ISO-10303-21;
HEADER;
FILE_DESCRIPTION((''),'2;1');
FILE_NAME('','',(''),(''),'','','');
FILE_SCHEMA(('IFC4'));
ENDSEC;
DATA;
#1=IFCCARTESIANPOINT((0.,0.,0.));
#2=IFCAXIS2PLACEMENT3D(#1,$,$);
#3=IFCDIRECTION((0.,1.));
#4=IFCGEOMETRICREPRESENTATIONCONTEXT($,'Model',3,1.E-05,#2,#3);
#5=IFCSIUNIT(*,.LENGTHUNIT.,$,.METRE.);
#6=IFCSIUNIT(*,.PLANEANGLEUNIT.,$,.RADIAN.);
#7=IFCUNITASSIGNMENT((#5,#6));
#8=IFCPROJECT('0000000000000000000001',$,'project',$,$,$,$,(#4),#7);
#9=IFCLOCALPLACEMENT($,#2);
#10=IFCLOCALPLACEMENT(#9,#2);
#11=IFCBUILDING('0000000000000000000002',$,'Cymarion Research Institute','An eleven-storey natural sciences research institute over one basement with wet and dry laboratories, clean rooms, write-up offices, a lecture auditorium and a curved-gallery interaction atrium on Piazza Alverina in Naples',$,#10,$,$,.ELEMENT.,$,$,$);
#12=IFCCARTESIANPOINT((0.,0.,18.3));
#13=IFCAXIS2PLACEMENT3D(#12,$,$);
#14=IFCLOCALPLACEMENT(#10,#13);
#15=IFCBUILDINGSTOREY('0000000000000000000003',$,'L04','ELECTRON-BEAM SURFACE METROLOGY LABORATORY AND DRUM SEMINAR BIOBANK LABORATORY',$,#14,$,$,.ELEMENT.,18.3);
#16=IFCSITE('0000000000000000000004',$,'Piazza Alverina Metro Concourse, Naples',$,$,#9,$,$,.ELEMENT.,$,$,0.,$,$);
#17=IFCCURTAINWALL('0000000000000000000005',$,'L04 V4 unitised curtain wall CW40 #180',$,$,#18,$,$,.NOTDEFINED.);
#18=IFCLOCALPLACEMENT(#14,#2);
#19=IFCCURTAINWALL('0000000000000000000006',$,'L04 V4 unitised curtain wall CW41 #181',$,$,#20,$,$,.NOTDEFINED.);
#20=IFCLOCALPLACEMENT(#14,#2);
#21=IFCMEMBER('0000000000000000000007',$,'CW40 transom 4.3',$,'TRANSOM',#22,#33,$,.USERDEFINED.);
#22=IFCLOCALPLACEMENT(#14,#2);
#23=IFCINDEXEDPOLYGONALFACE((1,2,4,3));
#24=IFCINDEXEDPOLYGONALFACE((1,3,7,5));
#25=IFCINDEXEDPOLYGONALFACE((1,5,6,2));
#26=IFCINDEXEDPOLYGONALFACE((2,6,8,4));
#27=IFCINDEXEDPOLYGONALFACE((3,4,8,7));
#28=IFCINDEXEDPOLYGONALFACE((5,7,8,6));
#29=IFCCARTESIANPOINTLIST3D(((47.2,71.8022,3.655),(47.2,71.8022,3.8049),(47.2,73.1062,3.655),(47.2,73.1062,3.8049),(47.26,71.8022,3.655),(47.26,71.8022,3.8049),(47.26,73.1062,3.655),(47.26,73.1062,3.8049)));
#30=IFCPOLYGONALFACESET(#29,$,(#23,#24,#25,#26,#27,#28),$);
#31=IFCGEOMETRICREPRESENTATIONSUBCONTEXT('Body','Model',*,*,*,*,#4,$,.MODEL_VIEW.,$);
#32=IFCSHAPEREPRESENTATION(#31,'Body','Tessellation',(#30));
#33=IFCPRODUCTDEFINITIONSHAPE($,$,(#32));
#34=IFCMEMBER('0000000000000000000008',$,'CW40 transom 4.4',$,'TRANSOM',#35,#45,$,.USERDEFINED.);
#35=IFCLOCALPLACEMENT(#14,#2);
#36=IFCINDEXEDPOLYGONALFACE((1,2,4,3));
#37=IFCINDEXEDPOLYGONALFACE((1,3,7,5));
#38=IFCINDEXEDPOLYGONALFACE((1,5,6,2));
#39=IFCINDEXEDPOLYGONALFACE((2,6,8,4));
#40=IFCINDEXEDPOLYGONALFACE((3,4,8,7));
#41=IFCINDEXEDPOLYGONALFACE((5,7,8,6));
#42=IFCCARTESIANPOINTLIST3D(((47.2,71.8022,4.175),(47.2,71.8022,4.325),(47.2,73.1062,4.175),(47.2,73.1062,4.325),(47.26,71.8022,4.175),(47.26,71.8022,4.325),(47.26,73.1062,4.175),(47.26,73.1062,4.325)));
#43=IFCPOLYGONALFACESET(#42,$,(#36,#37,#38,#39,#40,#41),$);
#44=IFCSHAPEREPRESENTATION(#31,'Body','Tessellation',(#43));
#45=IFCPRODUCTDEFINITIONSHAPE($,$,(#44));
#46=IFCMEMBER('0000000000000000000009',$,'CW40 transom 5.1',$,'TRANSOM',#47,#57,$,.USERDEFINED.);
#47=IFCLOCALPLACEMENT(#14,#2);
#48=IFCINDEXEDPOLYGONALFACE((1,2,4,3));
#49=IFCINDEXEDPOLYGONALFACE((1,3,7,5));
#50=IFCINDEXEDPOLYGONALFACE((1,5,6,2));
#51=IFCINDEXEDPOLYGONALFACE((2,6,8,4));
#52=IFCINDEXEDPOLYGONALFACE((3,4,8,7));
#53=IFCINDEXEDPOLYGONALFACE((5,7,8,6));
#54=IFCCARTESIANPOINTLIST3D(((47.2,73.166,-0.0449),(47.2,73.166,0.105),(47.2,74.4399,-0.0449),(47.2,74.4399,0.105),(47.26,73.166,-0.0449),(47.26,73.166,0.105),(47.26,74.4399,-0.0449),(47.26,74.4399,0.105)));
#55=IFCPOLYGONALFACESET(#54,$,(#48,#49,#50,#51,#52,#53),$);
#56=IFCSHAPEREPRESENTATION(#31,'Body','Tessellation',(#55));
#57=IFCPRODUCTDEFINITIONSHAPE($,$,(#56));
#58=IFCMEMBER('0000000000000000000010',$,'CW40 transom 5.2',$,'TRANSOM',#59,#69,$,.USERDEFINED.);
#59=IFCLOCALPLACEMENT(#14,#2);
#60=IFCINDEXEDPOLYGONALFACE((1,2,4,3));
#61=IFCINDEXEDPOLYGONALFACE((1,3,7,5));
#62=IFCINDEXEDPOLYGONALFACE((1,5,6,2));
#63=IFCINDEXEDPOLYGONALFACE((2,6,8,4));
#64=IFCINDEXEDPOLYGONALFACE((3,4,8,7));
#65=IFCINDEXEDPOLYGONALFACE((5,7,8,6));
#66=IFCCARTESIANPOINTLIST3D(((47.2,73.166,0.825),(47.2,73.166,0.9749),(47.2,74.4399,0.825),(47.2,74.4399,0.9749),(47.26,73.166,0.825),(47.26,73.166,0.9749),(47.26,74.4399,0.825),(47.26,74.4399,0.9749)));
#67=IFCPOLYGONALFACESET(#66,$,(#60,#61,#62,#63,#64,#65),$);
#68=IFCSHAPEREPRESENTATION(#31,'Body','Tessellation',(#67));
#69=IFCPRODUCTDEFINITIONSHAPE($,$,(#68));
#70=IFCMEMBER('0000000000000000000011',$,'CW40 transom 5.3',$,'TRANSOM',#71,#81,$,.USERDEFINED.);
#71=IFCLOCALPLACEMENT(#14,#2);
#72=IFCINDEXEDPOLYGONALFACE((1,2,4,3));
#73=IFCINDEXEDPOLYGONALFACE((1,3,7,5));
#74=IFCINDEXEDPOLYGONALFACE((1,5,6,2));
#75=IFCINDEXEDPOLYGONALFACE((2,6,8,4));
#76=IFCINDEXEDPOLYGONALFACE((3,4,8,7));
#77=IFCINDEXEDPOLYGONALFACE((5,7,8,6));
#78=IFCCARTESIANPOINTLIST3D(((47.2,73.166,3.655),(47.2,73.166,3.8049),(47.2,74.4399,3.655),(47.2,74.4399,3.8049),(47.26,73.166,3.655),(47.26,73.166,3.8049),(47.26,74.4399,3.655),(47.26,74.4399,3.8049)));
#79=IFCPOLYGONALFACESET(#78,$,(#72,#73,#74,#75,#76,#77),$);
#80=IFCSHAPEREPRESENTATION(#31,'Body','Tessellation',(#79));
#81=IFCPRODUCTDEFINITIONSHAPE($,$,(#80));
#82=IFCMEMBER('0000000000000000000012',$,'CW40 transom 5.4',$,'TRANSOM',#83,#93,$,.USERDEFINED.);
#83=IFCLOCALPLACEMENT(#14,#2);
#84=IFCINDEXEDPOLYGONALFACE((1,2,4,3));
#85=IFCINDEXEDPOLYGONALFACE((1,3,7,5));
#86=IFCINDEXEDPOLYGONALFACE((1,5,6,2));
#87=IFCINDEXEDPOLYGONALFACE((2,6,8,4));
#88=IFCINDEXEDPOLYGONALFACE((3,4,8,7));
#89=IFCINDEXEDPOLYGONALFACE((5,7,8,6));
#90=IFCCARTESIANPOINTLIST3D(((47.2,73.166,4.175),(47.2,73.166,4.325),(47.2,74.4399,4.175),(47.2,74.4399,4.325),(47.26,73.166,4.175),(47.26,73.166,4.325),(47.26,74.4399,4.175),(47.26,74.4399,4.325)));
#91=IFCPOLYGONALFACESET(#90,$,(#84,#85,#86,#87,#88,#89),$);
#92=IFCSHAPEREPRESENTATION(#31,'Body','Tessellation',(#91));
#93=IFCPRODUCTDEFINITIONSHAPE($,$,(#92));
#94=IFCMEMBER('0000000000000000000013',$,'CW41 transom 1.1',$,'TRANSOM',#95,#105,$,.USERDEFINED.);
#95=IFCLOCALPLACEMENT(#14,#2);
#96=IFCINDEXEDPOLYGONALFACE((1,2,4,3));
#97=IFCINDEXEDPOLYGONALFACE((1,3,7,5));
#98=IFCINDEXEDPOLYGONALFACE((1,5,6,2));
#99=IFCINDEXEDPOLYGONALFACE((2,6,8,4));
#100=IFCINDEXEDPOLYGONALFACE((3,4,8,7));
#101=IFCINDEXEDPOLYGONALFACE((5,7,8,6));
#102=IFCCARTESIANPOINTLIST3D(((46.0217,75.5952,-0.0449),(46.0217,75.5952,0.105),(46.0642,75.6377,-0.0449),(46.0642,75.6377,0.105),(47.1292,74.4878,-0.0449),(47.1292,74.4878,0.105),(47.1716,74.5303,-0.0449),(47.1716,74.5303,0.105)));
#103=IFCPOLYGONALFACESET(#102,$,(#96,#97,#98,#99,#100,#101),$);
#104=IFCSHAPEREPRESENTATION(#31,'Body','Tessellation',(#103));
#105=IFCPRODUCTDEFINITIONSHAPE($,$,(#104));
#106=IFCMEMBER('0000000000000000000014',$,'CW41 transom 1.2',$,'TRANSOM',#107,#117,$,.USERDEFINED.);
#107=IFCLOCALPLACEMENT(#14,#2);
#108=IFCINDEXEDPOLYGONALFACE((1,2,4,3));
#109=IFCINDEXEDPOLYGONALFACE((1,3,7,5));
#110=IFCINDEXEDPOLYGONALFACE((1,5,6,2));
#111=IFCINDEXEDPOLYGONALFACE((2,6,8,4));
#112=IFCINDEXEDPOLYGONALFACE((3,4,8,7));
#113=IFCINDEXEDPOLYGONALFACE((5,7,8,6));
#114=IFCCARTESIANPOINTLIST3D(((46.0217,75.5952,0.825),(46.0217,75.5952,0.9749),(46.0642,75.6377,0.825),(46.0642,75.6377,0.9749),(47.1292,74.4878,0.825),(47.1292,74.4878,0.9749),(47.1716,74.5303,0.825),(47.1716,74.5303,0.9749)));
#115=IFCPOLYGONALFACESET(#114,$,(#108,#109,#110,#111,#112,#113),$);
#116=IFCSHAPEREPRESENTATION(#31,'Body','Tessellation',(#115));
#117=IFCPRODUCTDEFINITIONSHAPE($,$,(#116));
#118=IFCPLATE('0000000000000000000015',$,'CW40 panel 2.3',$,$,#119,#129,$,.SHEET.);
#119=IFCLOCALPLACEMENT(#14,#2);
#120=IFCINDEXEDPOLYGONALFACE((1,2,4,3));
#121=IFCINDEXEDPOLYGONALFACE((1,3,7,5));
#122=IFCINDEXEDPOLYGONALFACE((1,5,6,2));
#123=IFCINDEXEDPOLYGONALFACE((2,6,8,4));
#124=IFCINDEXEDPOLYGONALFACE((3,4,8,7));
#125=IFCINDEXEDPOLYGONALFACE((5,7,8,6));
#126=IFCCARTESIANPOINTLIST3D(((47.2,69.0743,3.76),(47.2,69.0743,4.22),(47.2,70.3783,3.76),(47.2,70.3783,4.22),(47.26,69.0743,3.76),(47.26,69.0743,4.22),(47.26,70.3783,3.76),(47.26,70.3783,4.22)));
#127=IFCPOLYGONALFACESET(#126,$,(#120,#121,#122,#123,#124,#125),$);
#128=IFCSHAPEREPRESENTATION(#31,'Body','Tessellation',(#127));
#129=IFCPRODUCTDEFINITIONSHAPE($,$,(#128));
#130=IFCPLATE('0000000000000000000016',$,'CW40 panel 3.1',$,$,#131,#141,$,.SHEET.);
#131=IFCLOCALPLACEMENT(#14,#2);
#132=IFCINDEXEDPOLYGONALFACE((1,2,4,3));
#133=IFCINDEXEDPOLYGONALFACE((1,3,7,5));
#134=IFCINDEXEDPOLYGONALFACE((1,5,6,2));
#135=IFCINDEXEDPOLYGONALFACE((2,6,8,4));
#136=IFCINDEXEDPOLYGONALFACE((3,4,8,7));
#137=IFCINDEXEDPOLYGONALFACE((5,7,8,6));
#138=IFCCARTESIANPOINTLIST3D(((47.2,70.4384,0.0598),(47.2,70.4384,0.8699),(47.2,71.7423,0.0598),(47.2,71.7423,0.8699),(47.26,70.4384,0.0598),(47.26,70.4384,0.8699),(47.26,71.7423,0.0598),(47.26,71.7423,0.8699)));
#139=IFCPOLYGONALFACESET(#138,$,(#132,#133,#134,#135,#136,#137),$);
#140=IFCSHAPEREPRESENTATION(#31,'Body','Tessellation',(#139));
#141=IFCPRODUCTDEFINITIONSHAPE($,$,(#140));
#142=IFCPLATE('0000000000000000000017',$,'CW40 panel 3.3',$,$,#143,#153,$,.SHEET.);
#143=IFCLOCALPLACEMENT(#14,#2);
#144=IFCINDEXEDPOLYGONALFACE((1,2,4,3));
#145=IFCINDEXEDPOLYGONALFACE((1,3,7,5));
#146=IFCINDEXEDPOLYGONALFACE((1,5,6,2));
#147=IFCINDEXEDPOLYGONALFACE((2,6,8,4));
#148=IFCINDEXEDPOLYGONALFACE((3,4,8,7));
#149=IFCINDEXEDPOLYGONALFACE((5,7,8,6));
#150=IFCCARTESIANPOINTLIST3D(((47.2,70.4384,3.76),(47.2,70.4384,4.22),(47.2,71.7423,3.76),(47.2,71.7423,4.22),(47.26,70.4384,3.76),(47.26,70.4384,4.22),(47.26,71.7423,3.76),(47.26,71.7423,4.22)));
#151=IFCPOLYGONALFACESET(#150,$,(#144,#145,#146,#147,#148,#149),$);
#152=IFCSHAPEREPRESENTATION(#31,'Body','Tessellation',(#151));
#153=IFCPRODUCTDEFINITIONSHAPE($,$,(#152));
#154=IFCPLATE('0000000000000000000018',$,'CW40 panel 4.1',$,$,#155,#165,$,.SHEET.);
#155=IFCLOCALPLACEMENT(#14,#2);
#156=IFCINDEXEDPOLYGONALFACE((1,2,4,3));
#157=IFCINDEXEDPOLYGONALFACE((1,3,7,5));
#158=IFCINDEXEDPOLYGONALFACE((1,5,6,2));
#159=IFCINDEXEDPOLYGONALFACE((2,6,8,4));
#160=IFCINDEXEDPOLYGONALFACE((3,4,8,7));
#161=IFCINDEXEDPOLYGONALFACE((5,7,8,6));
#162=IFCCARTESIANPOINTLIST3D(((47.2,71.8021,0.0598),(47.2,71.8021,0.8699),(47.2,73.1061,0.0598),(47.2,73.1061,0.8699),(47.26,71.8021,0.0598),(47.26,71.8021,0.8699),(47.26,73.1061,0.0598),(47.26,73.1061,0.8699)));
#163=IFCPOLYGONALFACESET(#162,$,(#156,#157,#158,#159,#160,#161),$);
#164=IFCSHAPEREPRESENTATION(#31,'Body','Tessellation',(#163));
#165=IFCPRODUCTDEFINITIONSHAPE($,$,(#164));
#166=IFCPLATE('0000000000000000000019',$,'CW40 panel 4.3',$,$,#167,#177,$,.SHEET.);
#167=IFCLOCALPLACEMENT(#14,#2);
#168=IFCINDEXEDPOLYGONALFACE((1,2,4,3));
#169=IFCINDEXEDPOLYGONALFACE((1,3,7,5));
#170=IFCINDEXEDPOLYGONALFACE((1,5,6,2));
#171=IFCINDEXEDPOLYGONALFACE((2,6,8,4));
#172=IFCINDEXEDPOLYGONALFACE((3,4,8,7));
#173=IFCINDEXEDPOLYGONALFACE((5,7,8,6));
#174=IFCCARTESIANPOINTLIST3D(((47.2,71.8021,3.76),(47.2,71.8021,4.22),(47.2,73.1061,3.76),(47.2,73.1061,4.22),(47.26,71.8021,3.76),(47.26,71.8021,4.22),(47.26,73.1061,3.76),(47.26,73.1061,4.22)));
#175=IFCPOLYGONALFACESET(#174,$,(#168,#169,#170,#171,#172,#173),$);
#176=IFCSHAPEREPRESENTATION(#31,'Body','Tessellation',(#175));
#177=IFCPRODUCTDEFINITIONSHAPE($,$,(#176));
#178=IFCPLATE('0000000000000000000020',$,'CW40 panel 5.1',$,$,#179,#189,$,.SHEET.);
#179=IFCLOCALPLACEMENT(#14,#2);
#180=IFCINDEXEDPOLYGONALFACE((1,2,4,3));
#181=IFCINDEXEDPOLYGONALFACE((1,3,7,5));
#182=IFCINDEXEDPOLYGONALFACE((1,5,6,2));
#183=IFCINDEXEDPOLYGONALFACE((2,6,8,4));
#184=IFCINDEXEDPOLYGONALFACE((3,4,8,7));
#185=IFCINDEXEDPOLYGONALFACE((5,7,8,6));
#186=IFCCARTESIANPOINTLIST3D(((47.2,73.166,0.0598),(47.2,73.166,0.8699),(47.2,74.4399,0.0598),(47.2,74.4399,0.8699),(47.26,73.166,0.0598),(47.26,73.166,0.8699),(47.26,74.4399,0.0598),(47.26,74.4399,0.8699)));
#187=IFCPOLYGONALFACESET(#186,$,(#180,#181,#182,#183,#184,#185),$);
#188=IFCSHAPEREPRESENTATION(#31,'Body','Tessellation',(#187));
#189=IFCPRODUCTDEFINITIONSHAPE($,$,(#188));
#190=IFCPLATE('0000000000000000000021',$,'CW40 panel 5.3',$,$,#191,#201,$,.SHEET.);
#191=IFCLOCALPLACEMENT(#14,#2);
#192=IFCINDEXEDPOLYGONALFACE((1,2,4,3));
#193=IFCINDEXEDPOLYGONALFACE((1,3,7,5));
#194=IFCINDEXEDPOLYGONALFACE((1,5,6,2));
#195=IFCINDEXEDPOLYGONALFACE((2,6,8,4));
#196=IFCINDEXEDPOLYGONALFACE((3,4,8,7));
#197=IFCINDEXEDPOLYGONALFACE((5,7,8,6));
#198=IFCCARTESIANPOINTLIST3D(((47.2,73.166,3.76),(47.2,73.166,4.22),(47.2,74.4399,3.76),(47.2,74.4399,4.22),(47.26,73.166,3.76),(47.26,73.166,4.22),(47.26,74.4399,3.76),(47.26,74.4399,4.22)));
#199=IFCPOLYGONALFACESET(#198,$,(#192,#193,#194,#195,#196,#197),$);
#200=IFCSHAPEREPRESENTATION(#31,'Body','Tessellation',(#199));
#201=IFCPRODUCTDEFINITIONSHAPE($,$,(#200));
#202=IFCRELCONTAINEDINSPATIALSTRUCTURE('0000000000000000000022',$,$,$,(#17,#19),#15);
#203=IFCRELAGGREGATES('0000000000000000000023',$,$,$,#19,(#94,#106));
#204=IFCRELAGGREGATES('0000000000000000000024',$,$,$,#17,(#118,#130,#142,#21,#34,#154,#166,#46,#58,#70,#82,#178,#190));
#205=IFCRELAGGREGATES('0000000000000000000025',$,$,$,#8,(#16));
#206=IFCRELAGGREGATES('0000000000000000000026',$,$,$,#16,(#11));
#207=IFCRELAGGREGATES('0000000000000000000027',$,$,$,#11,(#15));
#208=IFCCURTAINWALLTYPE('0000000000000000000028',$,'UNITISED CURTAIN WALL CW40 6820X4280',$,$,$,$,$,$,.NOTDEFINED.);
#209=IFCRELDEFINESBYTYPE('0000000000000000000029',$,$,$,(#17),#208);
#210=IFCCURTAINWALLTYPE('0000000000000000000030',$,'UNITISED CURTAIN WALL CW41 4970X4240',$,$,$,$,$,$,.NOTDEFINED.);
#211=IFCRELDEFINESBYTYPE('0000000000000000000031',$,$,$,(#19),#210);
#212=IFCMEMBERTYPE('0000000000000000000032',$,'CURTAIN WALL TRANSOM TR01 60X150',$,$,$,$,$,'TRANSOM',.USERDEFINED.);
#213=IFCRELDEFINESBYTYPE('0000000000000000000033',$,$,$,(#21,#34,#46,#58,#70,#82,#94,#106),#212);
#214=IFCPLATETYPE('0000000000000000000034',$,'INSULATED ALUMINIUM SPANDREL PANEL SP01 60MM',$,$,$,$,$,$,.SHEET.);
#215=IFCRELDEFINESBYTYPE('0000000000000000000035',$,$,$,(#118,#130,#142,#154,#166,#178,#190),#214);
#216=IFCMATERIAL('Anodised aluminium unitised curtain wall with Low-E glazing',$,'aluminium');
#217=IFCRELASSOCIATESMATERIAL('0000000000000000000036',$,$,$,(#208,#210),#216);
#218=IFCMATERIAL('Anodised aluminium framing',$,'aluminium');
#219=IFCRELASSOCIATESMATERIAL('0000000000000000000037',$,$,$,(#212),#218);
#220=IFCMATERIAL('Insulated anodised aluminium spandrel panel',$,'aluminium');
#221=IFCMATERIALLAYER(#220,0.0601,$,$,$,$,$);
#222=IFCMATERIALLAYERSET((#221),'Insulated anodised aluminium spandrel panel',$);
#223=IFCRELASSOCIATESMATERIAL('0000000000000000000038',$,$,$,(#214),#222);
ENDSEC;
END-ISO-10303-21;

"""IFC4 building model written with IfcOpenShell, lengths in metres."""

from ifc_helpers import new_model, si_unit, direction, frame, origin, origin_2d, place, context, subcontext, project, spatial, rectangle, extrude, material, layer, layer_set, material_profile, profile_set, type_object, element, aggregate, save


model = new_model("IFC4")

# Units and contexts
model_context = context("Model", 3, precision=1e-05, world=origin(), true_north=direction((0.0, 1.0)))
body_context = subcontext(model_context, "Body", "Model", "MODEL_VIEW")
ifc_project = project(units=[si_unit("LENGTHUNIT", "METRE"), si_unit("PLANEANGLEUNIT", "RADIAN")], contexts=[model_context])

# Site, building, storey
site_placement = place(None, origin())
site = spatial("IfcSite", under=ifc_project, at=site_placement, Name="Piazza Alverina Metro Concourse, Naples", CompositionType="ELEMENT", RefElevation=0.0)
building_placement = place(site_placement, origin())
building = spatial("IfcBuilding", under=site, at=building_placement, Name="Cymarion Research Institute", Description="An eleven-storey natural sciences research institute over one basement with wet and dry laboratories, clean rooms, write-up offices, a lecture auditorium and a curved-gallery interaction atrium on Piazza Alverina in Naples", CompositionType="ELEMENT")
storey_placement = place(building_placement, frame((0.0, 0.0, 18.3)))
storey = spatial("IfcBuildingStorey", under=building, at=storey_placement, Name="L04", Description="ELECTRON-BEAM SURFACE METROLOGY LABORATORY AND DRUM SEMINAR BIOBANK LABORATORY", CompositionType="ELEMENT", Elevation=18.3)

# Curtain wall
ifc_material_1 = material(Name="Anodised aluminium unitised curtain wall with Low-E glazing", Category="aluminium")
curtain_wall_type_1 = type_object("IfcCurtainWallType", Name="UNITISED CURTAIN WALL CW40 6820X4280", PredefinedType="NOTDEFINED", material=ifc_material_1)
curtain_wall_1_placement = place(storey_placement, origin())
curtain_wall_1 = element("IfcCurtainWall", 1, at=curtain_wall_1_placement, inside=storey, type_object=curtain_wall_type_1, Name="L04 V4 unitised curtain wall CW40 #180", PredefinedType="NOTDEFINED")
ifc_material_2 = material(Name="Anodised aluminium framing", Category="aluminium")

# Curtain wall
curtain_wall_type_2 = type_object("IfcCurtainWallType", Name="UNITISED CURTAIN WALL CW41 4970X4240", PredefinedType="NOTDEFINED", material=ifc_material_1)
curtain_wall_2_placement = place(storey_placement, origin())
curtain_wall_2 = element("IfcCurtainWall", 2, at=curtain_wall_2_placement, inside=storey, type_object=curtain_wall_type_2, Name="L04 V4 unitised curtain wall CW41 #181", PredefinedType="NOTDEFINED")

# Members
ifc_material_profile_1 = material_profile(ifc_material_2, rectangle(XDim=0.0601, YDim=0.1499, at=origin_2d()), Name="ALU TRANSOM 60x150")
ifc_profile_set_1 = profile_set([ifc_material_profile_1], Name="Anodised aluminium framing")
member_type_1 = type_object("IfcMemberType", Name="CURTAIN WALL TRANSOM TR01 60X150", ElementType="TRANSOM", PredefinedType="USERDEFINED", material=ifc_profile_set_1)
member_1_placement = place(storey_placement, frame((47.23, 71.8022, 3.73), z_axis=(0.0, 1.0, 0.0), x_axis=(-1.0, 0.0, 0.0)))
member_1 = element("IfcMember", 3, at=member_1_placement, type_object=member_type_1, Name="CW40 transom 4.3", ObjectType="TRANSOM", PredefinedType="USERDEFINED", context=body_context, shape_type="SweptSolid", body=[
    extrude(rectangle(XDim=0.0601, YDim=0.1499, at=origin_2d()), origin(), (0.0, 0.0, 1.0), 1.304),
])
member_2_placement = place(storey_placement, frame((47.23, 71.8022, 4.25), z_axis=(0.0, 1.0, 0.0), x_axis=(-1.0, 0.0, 0.0)))
member_2 = element("IfcMember", 4, at=member_2_placement, type_object=member_type_1, Name="CW40 transom 4.4", ObjectType="TRANSOM", PredefinedType="USERDEFINED", context=body_context, shape_type="SweptSolid", body=[
    extrude(rectangle(XDim=0.0601, YDim=0.1499, at=origin_2d()), origin(), (0.0, 0.0, 1.0), 1.304),
])
member_3_placement = place(storey_placement, frame((47.23, 73.166, 0.03), z_axis=(0.0, 1.0, 0.0), x_axis=(-1.0, 0.0, 0.0)))
member_3 = element("IfcMember", 5, at=member_3_placement, type_object=member_type_1, Name="CW40 transom 5.1", ObjectType="TRANSOM", PredefinedType="USERDEFINED", context=body_context, shape_type="SweptSolid", body=[
    extrude(rectangle(XDim=0.0601, YDim=0.1499, at=origin_2d()), origin(), (0.0, 0.0, 1.0), 1.2739),
])
member_4_placement = place(storey_placement, frame((47.23, 73.166, 0.8999), z_axis=(0.0, 1.0, 0.0), x_axis=(-1.0, 0.0, 0.0)))
member_4 = element("IfcMember", 6, at=member_4_placement, type_object=member_type_1, Name="CW40 transom 5.2", ObjectType="TRANSOM", PredefinedType="USERDEFINED", context=body_context, shape_type="SweptSolid", body=[
    extrude(rectangle(XDim=0.0601, YDim=0.1499, at=origin_2d()), origin(), (0.0, 0.0, 1.0), 1.2739),
])
member_5_placement = place(storey_placement, frame((47.23, 73.166, 3.73), z_axis=(0.0, 1.0, 0.0), x_axis=(-1.0, 0.0, 0.0)))
member_5 = element("IfcMember", 7, at=member_5_placement, type_object=member_type_1, Name="CW40 transom 5.3", ObjectType="TRANSOM", PredefinedType="USERDEFINED", context=body_context, shape_type="SweptSolid", body=[
    extrude(rectangle(XDim=0.0601, YDim=0.1499, at=origin_2d()), origin(), (0.0, 0.0, 1.0), 1.2739),
])
member_6_placement = place(storey_placement, frame((47.23, 73.166, 4.25), z_axis=(0.0, 1.0, 0.0), x_axis=(-1.0, 0.0, 0.0)))
member_6 = element("IfcMember", 8, at=member_6_placement, type_object=member_type_1, Name="CW40 transom 5.4", ObjectType="TRANSOM", PredefinedType="USERDEFINED", context=body_context, shape_type="SweptSolid", body=[
    extrude(rectangle(XDim=0.0601, YDim=0.1499, at=origin_2d()), origin(), (0.0, 0.0, 1.0), 1.2739),
])
member_7_placement = place(storey_placement, frame((47.1504, 74.509, 0.03), z_axis=(-0.707107, 0.707107, 0.0), x_axis=(-0.707107, -0.707107, 0.0)))
member_7 = element("IfcMember", 9, at=member_7_placement, type_object=member_type_1, Name="CW41 transom 1.1", ObjectType="TRANSOM", PredefinedType="USERDEFINED", context=body_context, shape_type="SweptSolid", body=[
    extrude(rectangle(XDim=0.0601, YDim=0.1499, at=origin_2d()), origin(), (0.0, 0.0, 1.0), 1.5662),
])
member_8_placement = place(storey_placement, frame((47.1504, 74.509, 0.8999), z_axis=(-0.707107, 0.707107, 0.0), x_axis=(-0.707107, -0.707107, 0.0)))
member_8 = element("IfcMember", 10, at=member_8_placement, type_object=member_type_1, Name="CW41 transom 1.2", ObjectType="TRANSOM", PredefinedType="USERDEFINED", context=body_context, shape_type="SweptSolid", body=[
    extrude(rectangle(XDim=0.0601, YDim=0.1499, at=origin_2d()), origin(), (0.0, 0.0, 1.0), 1.5662),
])
aggregate(curtain_wall_2, [member_7, member_8])

# Plates
ifc_material_3 = material(Name="Insulated anodised aluminium spandrel panel", Category="aluminium")
ifc_layer_1 = layer(ifc_material_3, 0.0601)
ifc_layer_set_1 = layer_set([ifc_layer_1], Name="Insulated anodised aluminium spandrel panel")
plate_type_1 = type_object("IfcPlateType", Name="INSULATED ALUMINIUM SPANDREL PANEL SP01 60MM", PredefinedType="SHEET", material=ifc_layer_set_1)
plate_1_placement = place(storey_placement, frame((47.23, 69.7263, 3.76), z_axis=(0.0, 0.0, 1.0), x_axis=(0.0, 1.0, 0.0)))
plate_1 = element("IfcPlate", 11, at=plate_1_placement, type_object=plate_type_1, Name="CW40 panel 2.3", PredefinedType="SHEET", context=body_context, shape_type="SweptSolid", body=[
    extrude(rectangle(XDim=1.304, YDim=0.0601, at=origin_2d()), origin(), (0.0, 0.0, 1.0), 0.46),
])
plate_2_placement = place(storey_placement, frame((47.23, 71.0903, 0.0598), z_axis=(0.0, 0.0, 1.0), x_axis=(0.0, 1.0, 0.0)))
plate_2 = element("IfcPlate", 12, at=plate_2_placement, type_object=plate_type_1, Name="CW40 panel 3.1", PredefinedType="SHEET", context=body_context, shape_type="SweptSolid", body=[
    extrude(rectangle(XDim=1.304, YDim=0.0601, at=origin_2d()), origin(), (0.0, 0.0, 1.0), 0.8101),
])
plate_3_placement = place(storey_placement, frame((47.23, 71.0903, 3.76), z_axis=(0.0, 0.0, 1.0), x_axis=(0.0, 1.0, 0.0)))
plate_3 = element("IfcPlate", 13, at=plate_3_placement, type_object=plate_type_1, Name="CW40 panel 3.3", PredefinedType="SHEET", context=body_context, shape_type="SweptSolid", body=[
    extrude(rectangle(XDim=1.304, YDim=0.0601, at=origin_2d()), origin(), (0.0, 0.0, 1.0), 0.46),
])
plate_4_placement = place(storey_placement, frame((47.23, 72.4541, 0.0598), z_axis=(0.0, 0.0, 1.0), x_axis=(0.0, 1.0, 0.0)))
plate_4 = element("IfcPlate", 14, at=plate_4_placement, type_object=plate_type_1, Name="CW40 panel 4.1", PredefinedType="SHEET", context=body_context, shape_type="SweptSolid", body=[
    extrude(rectangle(XDim=1.304, YDim=0.0601, at=origin_2d()), origin(), (0.0, 0.0, 1.0), 0.8101),
])
plate_5_placement = place(storey_placement, frame((47.23, 72.4541, 3.76), z_axis=(0.0, 0.0, 1.0), x_axis=(0.0, 1.0, 0.0)))
plate_5 = element("IfcPlate", 15, at=plate_5_placement, type_object=plate_type_1, Name="CW40 panel 4.3", PredefinedType="SHEET", context=body_context, shape_type="SweptSolid", body=[
    extrude(rectangle(XDim=1.304, YDim=0.0601, at=origin_2d()), origin(), (0.0, 0.0, 1.0), 0.46),
])
plate_6_placement = place(storey_placement, frame((47.23, 73.803, 0.0598), z_axis=(0.0, 0.0, 1.0), x_axis=(0.0, 1.0, 0.0)))
plate_6 = element("IfcPlate", 16, at=plate_6_placement, type_object=plate_type_1, Name="CW40 panel 5.1", PredefinedType="SHEET", context=body_context, shape_type="SweptSolid", body=[
    extrude(rectangle(XDim=1.2739, YDim=0.0601, at=origin_2d()), origin(), (0.0, 0.0, 1.0), 0.8101),
])
plate_7_placement = place(storey_placement, frame((47.23, 73.803, 3.76), z_axis=(0.0, 0.0, 1.0), x_axis=(0.0, 1.0, 0.0)))
plate_7 = element("IfcPlate", 17, at=plate_7_placement, type_object=plate_type_1, Name="CW40 panel 5.3", PredefinedType="SHEET", context=body_context, shape_type="SweptSolid", body=[
    extrude(rectangle(XDim=1.2739, YDim=0.0601, at=origin_2d()), origin(), (0.0, 0.0, 1.0), 0.46),
])
aggregate(curtain_wall_1, [plate_1, plate_2, plate_3, member_1, member_2, plate_4, plate_5, member_3, member_4, member_5, member_6, plate_6, plate_7])

save(model, "model.ifc")
